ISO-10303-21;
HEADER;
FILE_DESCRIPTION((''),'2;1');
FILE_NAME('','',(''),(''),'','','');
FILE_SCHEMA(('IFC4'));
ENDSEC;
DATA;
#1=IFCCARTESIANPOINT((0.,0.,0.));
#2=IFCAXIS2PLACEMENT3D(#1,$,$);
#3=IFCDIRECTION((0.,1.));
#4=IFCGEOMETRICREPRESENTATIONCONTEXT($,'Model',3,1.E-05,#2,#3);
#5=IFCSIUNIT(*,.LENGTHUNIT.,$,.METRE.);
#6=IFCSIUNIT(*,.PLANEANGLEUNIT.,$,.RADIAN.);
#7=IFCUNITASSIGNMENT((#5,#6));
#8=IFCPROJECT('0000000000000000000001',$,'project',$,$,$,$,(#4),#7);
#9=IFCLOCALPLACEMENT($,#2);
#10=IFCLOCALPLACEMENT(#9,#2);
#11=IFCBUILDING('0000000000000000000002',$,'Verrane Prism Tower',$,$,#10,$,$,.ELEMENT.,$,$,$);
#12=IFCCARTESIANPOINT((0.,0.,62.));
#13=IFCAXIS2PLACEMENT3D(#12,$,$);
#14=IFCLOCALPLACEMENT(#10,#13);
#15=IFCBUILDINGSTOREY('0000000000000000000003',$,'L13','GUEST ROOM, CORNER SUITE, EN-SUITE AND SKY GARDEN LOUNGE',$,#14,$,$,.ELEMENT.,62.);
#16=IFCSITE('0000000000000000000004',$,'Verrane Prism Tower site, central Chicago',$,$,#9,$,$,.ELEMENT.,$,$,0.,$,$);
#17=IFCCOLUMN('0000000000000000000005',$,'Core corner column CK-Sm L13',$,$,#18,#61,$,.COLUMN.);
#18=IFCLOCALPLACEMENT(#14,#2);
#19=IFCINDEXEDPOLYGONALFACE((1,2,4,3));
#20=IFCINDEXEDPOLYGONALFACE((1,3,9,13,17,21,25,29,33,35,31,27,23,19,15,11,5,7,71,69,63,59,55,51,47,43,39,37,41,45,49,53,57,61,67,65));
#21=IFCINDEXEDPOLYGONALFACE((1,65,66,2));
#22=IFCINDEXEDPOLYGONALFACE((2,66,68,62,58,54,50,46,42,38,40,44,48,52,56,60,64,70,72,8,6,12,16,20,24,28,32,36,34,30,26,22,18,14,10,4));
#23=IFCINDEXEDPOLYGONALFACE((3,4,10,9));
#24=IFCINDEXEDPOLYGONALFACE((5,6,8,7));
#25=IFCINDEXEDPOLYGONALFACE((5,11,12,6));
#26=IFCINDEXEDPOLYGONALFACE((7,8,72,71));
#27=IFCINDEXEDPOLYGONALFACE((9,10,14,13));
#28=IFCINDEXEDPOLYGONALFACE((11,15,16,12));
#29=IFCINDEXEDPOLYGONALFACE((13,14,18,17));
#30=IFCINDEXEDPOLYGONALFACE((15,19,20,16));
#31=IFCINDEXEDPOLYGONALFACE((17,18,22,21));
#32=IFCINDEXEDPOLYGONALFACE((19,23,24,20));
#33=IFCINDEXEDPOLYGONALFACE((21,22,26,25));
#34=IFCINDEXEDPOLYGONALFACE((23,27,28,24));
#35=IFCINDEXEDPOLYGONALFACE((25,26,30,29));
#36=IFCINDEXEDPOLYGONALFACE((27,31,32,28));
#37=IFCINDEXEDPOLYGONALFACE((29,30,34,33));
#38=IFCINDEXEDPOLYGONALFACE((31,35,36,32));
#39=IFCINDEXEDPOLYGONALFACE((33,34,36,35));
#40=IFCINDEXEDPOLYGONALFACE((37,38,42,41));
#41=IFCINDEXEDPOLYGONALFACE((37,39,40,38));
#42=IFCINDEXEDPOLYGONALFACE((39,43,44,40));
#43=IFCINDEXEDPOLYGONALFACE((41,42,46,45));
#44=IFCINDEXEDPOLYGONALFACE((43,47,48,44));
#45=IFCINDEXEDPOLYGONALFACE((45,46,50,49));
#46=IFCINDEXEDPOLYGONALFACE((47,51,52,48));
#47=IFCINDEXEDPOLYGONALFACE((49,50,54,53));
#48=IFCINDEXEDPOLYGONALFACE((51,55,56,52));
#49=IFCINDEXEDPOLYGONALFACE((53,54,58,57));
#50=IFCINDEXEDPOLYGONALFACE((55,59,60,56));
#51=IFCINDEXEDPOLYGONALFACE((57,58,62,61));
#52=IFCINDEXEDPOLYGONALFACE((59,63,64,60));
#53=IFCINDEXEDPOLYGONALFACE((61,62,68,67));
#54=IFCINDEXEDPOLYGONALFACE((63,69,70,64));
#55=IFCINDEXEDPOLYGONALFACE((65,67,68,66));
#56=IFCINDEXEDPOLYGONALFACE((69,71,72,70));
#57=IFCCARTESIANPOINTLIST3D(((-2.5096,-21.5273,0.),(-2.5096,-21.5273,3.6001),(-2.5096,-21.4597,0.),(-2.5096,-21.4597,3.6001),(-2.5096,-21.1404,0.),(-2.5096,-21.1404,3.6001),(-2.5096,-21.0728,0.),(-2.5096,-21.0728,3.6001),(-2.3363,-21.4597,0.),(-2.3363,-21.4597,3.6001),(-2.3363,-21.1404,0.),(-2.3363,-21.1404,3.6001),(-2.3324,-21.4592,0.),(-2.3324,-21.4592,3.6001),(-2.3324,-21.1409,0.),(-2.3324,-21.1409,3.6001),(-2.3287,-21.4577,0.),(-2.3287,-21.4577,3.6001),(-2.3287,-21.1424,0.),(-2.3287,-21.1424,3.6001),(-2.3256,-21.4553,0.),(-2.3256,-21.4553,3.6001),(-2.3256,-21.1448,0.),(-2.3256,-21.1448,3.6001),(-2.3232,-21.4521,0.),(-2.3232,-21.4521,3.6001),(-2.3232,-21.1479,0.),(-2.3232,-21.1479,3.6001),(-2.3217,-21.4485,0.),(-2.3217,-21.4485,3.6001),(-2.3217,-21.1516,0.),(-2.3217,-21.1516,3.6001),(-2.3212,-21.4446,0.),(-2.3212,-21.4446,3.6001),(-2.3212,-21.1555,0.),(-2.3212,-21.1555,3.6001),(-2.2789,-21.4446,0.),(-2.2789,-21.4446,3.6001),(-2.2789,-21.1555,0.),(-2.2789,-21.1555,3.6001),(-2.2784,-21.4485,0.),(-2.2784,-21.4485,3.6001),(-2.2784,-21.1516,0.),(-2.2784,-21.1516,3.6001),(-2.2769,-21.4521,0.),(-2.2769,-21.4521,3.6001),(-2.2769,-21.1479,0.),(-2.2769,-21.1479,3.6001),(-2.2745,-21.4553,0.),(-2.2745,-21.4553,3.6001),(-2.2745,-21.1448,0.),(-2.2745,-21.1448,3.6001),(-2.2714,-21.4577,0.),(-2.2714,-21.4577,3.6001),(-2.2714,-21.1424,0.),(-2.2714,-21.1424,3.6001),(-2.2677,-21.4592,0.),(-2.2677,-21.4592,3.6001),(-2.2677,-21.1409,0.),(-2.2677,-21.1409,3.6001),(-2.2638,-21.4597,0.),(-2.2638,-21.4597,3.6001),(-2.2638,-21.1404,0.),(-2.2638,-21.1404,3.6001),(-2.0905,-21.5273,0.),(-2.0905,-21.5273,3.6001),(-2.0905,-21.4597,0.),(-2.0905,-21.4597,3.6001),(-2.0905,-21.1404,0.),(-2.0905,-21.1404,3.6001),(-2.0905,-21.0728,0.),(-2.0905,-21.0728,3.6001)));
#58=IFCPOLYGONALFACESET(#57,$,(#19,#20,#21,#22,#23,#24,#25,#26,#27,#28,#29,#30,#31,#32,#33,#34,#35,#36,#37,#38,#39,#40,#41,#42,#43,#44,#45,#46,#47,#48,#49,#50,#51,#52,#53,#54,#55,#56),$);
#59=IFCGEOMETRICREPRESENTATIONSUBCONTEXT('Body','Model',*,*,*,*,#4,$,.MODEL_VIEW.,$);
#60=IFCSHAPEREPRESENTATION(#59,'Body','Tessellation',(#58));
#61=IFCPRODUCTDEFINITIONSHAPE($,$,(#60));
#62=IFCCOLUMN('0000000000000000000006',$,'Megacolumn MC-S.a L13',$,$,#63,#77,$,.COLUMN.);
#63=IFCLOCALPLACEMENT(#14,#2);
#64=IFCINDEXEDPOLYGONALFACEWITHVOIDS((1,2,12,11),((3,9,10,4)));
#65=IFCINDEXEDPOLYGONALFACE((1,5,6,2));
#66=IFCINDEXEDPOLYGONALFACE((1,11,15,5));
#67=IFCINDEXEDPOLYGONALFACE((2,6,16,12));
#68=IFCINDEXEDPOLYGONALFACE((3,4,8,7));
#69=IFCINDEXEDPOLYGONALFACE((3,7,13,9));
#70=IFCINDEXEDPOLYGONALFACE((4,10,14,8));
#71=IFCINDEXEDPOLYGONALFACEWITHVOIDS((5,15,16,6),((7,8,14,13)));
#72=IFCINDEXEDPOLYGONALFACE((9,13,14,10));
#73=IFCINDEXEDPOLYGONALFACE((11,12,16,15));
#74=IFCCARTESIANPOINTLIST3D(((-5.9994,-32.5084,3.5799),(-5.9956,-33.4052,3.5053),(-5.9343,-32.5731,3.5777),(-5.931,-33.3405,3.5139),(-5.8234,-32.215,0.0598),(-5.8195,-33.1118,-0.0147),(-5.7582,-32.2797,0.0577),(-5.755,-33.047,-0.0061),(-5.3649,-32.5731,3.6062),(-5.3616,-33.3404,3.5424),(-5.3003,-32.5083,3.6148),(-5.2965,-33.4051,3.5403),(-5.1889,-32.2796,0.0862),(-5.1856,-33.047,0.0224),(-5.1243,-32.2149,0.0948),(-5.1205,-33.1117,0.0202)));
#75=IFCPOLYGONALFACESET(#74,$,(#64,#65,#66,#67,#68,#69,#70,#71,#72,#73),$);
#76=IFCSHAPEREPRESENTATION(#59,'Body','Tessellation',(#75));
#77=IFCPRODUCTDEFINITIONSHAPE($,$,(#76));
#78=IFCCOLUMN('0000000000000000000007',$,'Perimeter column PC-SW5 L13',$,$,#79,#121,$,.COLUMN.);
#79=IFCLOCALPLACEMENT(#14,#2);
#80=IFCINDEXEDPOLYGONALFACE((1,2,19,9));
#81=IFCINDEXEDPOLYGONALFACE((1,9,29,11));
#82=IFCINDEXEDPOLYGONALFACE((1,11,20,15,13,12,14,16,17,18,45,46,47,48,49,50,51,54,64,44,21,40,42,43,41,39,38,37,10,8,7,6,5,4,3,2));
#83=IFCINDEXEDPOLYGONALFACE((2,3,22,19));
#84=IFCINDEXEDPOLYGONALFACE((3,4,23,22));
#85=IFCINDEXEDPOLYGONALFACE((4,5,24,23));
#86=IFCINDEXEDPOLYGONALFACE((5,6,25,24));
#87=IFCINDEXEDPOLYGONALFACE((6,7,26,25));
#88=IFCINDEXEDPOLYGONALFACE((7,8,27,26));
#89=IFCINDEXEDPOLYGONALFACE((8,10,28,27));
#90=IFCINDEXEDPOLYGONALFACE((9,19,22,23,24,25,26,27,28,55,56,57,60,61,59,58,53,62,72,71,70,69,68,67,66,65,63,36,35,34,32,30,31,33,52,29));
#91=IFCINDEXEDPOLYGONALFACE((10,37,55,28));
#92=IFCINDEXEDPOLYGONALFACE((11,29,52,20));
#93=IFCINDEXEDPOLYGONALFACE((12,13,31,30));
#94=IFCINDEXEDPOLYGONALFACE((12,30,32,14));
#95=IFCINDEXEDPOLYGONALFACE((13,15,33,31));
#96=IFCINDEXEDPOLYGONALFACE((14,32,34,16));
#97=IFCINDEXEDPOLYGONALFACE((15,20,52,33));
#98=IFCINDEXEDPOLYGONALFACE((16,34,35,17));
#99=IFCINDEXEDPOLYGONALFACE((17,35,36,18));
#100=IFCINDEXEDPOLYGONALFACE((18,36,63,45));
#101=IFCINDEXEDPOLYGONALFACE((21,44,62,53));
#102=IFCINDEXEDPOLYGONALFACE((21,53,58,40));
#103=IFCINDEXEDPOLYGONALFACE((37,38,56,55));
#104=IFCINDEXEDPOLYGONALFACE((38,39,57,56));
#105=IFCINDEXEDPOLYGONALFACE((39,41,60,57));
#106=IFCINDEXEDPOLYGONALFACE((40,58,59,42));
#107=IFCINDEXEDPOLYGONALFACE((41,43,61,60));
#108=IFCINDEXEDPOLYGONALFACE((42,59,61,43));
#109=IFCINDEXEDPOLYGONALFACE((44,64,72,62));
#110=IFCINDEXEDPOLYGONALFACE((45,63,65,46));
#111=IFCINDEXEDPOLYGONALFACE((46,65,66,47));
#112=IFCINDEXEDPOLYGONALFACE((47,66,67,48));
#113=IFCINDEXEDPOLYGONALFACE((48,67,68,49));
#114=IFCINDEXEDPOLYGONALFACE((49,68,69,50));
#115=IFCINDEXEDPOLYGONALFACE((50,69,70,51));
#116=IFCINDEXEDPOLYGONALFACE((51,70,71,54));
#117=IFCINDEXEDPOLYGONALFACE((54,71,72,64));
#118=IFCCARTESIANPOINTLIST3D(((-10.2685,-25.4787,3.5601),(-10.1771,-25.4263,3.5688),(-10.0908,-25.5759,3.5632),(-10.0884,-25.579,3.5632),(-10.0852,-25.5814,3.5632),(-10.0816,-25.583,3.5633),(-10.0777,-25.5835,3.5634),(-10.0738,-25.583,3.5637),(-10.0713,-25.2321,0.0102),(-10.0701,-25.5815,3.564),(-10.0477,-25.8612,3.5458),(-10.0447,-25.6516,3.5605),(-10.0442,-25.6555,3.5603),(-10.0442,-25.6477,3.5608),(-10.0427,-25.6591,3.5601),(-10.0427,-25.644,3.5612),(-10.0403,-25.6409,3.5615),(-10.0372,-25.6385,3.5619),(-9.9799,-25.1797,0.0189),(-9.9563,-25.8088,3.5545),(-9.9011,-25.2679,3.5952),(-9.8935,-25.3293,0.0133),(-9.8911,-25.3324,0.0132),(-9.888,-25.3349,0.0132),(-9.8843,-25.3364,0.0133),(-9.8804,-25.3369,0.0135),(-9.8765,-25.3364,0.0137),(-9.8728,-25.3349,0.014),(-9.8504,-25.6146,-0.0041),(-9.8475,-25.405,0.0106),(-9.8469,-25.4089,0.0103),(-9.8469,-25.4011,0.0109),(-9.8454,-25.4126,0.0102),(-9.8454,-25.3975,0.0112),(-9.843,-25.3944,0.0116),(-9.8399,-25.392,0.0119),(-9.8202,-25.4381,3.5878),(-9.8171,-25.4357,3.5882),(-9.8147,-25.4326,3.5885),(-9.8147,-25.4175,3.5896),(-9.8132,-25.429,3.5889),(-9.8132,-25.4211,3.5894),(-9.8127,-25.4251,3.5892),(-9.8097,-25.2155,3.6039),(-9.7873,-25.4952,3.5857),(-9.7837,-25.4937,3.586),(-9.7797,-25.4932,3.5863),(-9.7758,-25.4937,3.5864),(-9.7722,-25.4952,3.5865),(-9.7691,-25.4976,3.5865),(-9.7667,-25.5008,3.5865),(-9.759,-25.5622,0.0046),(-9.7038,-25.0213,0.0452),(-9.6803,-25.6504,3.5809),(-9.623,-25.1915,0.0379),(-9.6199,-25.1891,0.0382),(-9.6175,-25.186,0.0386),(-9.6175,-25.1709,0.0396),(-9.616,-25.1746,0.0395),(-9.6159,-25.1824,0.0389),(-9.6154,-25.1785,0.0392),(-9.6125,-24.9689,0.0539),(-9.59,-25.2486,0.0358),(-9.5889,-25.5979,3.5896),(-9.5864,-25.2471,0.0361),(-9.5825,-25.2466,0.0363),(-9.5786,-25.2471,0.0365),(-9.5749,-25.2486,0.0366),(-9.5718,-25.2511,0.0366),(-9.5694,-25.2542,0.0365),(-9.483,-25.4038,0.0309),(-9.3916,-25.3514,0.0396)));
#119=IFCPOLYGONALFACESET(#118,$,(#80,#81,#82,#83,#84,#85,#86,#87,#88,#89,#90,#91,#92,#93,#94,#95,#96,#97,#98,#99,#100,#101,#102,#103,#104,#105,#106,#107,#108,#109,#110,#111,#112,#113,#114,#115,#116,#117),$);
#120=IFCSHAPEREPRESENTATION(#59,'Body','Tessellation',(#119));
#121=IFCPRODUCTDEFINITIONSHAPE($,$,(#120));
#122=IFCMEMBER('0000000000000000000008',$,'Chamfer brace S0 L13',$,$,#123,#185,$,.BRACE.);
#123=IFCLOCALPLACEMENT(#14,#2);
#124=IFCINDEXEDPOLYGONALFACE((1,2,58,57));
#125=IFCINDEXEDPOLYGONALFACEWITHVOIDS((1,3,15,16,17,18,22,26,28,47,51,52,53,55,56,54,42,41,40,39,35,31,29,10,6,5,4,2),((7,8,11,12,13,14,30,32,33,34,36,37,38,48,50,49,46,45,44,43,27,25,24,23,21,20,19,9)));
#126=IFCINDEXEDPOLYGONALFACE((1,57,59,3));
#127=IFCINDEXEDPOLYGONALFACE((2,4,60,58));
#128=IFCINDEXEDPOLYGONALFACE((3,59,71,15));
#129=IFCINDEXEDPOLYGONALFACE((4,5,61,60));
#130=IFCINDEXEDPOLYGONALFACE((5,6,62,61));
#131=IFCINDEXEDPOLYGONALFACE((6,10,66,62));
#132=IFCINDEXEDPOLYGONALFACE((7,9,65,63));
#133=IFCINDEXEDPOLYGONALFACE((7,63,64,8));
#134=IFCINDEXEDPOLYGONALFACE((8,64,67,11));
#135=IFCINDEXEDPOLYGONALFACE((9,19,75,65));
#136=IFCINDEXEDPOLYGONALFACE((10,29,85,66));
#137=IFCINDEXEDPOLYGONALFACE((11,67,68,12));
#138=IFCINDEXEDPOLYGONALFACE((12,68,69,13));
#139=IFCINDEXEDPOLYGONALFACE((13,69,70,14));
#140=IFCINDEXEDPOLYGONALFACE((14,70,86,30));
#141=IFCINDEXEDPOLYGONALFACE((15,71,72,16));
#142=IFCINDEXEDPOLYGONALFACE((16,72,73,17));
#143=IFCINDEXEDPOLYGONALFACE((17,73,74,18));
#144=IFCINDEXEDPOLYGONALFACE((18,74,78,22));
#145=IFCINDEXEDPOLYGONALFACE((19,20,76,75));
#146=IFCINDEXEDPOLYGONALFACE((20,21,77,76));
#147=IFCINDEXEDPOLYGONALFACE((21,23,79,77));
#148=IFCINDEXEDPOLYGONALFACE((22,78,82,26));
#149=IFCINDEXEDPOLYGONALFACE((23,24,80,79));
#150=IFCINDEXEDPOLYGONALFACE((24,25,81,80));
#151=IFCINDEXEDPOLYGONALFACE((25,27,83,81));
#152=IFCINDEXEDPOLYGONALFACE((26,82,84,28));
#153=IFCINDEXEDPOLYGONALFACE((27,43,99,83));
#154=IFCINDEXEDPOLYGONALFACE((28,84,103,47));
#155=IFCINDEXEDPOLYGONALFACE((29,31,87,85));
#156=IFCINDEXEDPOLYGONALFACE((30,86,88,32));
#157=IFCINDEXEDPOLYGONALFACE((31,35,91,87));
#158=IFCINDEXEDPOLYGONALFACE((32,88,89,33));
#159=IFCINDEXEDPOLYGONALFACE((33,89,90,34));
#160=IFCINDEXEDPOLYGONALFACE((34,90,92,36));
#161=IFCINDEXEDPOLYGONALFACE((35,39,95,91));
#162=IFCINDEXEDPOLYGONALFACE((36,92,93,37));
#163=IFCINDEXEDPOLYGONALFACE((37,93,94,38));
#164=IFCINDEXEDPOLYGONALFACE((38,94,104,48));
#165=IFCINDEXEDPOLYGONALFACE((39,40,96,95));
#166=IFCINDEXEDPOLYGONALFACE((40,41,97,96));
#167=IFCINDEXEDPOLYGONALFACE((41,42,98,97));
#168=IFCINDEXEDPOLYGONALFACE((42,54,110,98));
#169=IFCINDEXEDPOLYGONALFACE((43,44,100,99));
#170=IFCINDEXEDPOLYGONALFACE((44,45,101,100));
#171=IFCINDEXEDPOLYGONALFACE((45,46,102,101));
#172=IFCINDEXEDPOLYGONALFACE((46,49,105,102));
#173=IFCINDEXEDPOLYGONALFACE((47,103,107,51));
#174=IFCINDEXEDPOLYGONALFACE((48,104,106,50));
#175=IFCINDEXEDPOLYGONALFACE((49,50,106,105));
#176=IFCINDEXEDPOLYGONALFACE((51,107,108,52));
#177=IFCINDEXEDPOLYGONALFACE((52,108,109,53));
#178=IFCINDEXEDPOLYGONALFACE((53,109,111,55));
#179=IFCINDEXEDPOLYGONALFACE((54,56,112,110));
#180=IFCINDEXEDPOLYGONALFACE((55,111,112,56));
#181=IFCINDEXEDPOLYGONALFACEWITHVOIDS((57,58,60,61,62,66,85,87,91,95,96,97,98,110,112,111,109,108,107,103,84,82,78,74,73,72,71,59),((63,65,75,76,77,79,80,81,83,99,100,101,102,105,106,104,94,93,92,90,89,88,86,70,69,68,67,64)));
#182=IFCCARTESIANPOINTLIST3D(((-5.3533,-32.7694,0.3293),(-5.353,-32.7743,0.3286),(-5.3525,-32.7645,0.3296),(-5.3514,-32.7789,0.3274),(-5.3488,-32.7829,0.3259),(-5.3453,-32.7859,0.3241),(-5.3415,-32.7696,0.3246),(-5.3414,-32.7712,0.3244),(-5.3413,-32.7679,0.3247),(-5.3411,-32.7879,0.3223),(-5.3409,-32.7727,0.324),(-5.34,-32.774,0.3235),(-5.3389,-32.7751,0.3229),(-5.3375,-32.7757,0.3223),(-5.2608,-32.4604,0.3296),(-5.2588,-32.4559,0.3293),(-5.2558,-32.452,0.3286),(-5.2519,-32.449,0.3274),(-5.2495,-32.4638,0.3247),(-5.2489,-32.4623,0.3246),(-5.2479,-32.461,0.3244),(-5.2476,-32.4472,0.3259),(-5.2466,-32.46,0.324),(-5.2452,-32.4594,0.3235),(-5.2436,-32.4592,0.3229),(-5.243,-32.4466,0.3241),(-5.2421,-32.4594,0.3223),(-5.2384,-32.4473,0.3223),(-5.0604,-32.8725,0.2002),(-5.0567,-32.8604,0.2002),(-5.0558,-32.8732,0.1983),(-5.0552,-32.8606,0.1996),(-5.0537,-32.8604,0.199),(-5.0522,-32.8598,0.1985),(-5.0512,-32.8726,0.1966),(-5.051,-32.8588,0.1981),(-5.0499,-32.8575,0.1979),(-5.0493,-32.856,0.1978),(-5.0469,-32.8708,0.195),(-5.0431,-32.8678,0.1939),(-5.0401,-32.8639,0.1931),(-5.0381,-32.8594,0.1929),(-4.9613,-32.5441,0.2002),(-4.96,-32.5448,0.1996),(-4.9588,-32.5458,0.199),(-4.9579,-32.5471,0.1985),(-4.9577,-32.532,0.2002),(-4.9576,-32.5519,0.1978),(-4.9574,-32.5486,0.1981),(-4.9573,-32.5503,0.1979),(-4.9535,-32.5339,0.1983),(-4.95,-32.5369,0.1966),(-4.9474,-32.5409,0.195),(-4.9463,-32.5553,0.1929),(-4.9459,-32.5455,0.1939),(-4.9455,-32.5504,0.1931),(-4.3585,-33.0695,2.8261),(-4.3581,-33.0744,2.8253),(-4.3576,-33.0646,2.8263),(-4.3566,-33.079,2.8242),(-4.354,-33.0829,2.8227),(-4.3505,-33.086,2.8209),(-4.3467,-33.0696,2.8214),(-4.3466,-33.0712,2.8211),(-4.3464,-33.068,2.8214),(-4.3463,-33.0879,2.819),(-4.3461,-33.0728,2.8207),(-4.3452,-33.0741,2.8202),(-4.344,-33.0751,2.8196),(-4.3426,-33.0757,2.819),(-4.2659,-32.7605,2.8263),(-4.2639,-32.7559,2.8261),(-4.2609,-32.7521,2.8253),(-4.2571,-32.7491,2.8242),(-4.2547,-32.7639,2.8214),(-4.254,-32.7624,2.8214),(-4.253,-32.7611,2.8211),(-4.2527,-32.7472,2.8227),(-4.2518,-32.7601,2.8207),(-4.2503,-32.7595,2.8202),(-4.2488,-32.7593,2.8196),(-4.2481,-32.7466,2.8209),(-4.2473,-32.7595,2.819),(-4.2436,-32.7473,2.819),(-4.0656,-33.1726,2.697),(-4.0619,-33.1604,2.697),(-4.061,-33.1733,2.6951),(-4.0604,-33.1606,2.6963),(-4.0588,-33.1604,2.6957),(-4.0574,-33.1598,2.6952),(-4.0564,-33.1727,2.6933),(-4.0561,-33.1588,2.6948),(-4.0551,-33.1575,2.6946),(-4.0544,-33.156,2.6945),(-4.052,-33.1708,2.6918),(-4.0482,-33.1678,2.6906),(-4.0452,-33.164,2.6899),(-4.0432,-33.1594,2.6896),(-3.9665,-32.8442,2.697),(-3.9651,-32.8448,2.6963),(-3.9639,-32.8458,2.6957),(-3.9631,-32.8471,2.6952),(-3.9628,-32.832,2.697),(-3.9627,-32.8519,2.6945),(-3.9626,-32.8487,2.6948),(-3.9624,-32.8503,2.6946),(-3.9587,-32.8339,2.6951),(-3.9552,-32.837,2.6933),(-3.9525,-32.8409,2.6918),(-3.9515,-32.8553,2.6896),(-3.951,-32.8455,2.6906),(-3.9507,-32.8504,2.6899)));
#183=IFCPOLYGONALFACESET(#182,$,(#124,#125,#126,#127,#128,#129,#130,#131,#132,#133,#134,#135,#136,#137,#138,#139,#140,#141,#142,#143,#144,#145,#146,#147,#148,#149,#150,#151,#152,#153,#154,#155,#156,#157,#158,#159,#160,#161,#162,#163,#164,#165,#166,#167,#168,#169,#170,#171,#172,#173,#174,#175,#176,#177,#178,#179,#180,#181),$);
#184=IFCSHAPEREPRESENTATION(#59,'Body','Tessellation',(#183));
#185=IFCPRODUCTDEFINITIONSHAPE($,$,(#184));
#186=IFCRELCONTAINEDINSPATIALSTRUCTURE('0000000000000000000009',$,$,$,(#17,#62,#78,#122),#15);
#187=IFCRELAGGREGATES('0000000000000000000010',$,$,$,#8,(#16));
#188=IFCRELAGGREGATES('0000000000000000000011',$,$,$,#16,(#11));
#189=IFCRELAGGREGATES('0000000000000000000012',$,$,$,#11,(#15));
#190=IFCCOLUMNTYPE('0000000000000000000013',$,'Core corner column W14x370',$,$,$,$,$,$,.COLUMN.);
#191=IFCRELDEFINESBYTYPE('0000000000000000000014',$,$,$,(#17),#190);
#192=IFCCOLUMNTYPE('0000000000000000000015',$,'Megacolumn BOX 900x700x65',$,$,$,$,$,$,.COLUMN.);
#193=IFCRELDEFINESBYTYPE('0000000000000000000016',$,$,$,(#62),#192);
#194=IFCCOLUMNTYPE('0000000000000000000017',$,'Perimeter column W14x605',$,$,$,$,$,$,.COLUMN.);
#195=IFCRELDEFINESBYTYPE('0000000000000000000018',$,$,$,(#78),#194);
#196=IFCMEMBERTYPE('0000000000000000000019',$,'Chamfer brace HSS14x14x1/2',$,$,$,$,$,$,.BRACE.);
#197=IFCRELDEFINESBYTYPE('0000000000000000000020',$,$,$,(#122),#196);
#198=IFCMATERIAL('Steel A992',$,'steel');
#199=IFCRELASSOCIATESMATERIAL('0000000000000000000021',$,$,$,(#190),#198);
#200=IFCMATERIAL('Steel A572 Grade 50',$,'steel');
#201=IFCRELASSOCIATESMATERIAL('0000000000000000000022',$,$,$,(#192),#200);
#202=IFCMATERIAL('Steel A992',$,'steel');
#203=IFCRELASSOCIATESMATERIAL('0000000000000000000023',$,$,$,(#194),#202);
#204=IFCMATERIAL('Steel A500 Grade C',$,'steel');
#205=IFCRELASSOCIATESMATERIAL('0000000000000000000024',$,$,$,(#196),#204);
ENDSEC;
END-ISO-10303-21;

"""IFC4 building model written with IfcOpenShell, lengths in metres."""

from ifc_helpers import new_model, si_unit, direction, frame, origin, origin_2d, place, context, subcontext, project, spatial, hollow_rectangle, i_section, extrude, material, material_profile, profile_set, type_object, element, save


model = new_model("IFC4")

# Units and contexts
model_context = context("Model", 3, precision=1e-05, world=origin(), true_north=direction((0.0, 1.0)))
body_context = subcontext(model_context, "Body", "Model", "MODEL_VIEW")
ifc_project = project(units=[si_unit("LENGTHUNIT", "METRE"), si_unit("PLANEANGLEUNIT", "RADIAN")], contexts=[model_context])

# Site, building, storey
site_placement = place(None, origin())
site = spatial("IfcSite", under=ifc_project, at=site_placement, Name="Verrane Prism Tower site, central Chicago", CompositionType="ELEMENT", RefElevation=0.0)
building_placement = place(site_placement, origin())
building = spatial("IfcBuilding", under=site, at=building_placement, Name="Verrane Prism Tower", CompositionType="ELEMENT")
storey_placement = place(building_placement, frame((0.0, 0.0, 62.0)))
storey = spatial("IfcBuildingStorey", under=building, at=storey_placement, Name="L13", Description="GUEST ROOM, CORNER SUITE, EN-SUITE AND SKY GARDEN LOUNGE", CompositionType="ELEMENT", Elevation=62.0)

# Columns
ifc_material_1 = material(Name="Steel A992", Category="steel")
ifc_material_profile_1 = material_profile(ifc_material_1, i_section(OverallWidth=0.4192, OverallDepth=0.4546, WebThickness=0.0422, FlangeThickness=0.0676, FilletRadius=0.0151, at=origin_2d()), Name="W14x370")
ifc_profile_set_1 = profile_set([ifc_material_profile_1], Name="Steel A992")
column_type_1 = type_object("IfcColumnType", Name="Core corner column W14x370", PredefinedType="COLUMN", material=ifc_profile_set_1)
column_1_placement = place(storey_placement, frame((-2.3, -21.3, 0.0), z_axis=(0.0, 0.0, 1.0), x_axis=(-1.0, 0.0, 0.0)))
element("IfcColumn", 1, at=column_1_placement, inside=storey, type_object=column_type_1, Name="Core corner column CK-Sm L13", PredefinedType="COLUMN", context=body_context, shape_type="SweptSolid", body=[
    extrude(i_section(OverallWidth=0.4192, OverallDepth=0.4546, WebThickness=0.0422, FlangeThickness=0.0676, FilletRadius=0.0151, at=origin_2d()), origin(), (0.0, 0.0, 1.0), 3.6001),
])
ifc_material_2 = material(Name="Steel A572 Grade 50", Category="steel")
ifc_material_profile_2 = material_profile(ifc_material_2, hollow_rectangle(XDim=0.7, YDim=0.8999, WallThickness=0.0649, at=origin_2d()), Name="BOX 900x700x65")
ifc_profile_set_2 = profile_set([ifc_material_profile_2], Name="Steel A572 Grade 50")
column_type_2 = type_object("IfcColumnType", Name="Megacolumn BOX 900x700x65", PredefinedType="COLUMN", material=ifc_profile_set_2)
column_2_placement = place(storey_placement, frame((-5.4719, -32.6633, 0.04), z_axis=(-0.049772, -0.082977, 0.995308), x_axis=(-0.998751, -0.000121, -0.049955)))
element("IfcColumn", 2, at=column_2_placement, inside=storey, type_object=column_type_2, Name="Megacolumn MC-S.a L13", PredefinedType="COLUMN", context=body_context, shape_type="SweptSolid", body=[
    extrude(hollow_rectangle(XDim=0.7, YDim=0.8999, WallThickness=0.0649, at=origin_2d()), origin(), (0.0, 0.0, 1.0), 3.5366),
])
ifc_material_3 = material(Name="Steel A992", Category="steel")
ifc_material_profile_3 = material_profile(ifc_material_3, i_section(OverallWidth=0.4419, OverallDepth=0.5308, WebThickness=0.0659, FlangeThickness=0.1057, FilletRadius=0.0151, at=origin_2d()), Name="W14x605")
ifc_profile_set_3 = profile_set([ifc_material_profile_3], Name="Steel A992")
column_type_3 = type_object("IfcColumnType", Name="Perimeter column W14x605", PredefinedType="COLUMN", material=ifc_profile_set_3)
column_3_placement = place(storey_placement, frame((-9.7314, -25.2917, 0.0249), z_axis=(-0.055348, -0.069186, 0.996067), x_axis=(-0.499739, 0.865572, 0.032353)))
element("IfcColumn", 3, at=column_3_placement, inside=storey, type_object=column_type_3, Name="Perimeter column PC-SW5 L13", PredefinedType="COLUMN", context=body_context, shape_type="SweptSolid", body=[
    extrude(i_section(OverallWidth=0.4419, OverallDepth=0.5308, WebThickness=0.0659, FlangeThickness=0.1057, FilletRadius=0.0151, at=origin_2d()), origin(), (0.0, 0.0, 1.0), 3.564),
])

# Member
ifc_material_4 = material(Name="Steel A500 Grade C", Category="steel")
ifc_material_profile_4 = material_profile(ifc_material_4, hollow_rectangle(XDim=0.3557, YDim=0.3557, WallThickness=0.0127, InnerFilletRadius=0.0063, OuterFilletRadius=0.019, at=origin_2d()), Name="HSS14x14x1/2")
ifc_profile_set_4 = profile_set([ifc_material_profile_4], Name="Steel A500 Grade C")
member_type_1 = type_object("IfcMemberType", Name="Chamfer brace HSS14x14x1/2", PredefinedType="BRACE", material=ifc_profile_set_4)
member_1_placement = place(storey_placement, frame((-5.1494, -32.6599, 0.2612), z_axis=(0.367868, -0.110947, 0.923236), x_axis=(0.288749, 0.957405, 0.0)))
element("IfcMember", 4, at=member_1_placement, inside=storey, type_object=member_type_1, Name="Chamfer brace S0 L13", PredefinedType="BRACE", context=body_context, shape_type="SweptSolid", body=[
    extrude(hollow_rectangle(XDim=0.3557, YDim=0.3557, WallThickness=0.0127, InnerFilletRadius=0.0063, OuterFilletRadius=0.019, at=origin_2d()), origin(), (0.0, 0.0, 1.0), 2.7043),
])

save(model, "model.ifc")
